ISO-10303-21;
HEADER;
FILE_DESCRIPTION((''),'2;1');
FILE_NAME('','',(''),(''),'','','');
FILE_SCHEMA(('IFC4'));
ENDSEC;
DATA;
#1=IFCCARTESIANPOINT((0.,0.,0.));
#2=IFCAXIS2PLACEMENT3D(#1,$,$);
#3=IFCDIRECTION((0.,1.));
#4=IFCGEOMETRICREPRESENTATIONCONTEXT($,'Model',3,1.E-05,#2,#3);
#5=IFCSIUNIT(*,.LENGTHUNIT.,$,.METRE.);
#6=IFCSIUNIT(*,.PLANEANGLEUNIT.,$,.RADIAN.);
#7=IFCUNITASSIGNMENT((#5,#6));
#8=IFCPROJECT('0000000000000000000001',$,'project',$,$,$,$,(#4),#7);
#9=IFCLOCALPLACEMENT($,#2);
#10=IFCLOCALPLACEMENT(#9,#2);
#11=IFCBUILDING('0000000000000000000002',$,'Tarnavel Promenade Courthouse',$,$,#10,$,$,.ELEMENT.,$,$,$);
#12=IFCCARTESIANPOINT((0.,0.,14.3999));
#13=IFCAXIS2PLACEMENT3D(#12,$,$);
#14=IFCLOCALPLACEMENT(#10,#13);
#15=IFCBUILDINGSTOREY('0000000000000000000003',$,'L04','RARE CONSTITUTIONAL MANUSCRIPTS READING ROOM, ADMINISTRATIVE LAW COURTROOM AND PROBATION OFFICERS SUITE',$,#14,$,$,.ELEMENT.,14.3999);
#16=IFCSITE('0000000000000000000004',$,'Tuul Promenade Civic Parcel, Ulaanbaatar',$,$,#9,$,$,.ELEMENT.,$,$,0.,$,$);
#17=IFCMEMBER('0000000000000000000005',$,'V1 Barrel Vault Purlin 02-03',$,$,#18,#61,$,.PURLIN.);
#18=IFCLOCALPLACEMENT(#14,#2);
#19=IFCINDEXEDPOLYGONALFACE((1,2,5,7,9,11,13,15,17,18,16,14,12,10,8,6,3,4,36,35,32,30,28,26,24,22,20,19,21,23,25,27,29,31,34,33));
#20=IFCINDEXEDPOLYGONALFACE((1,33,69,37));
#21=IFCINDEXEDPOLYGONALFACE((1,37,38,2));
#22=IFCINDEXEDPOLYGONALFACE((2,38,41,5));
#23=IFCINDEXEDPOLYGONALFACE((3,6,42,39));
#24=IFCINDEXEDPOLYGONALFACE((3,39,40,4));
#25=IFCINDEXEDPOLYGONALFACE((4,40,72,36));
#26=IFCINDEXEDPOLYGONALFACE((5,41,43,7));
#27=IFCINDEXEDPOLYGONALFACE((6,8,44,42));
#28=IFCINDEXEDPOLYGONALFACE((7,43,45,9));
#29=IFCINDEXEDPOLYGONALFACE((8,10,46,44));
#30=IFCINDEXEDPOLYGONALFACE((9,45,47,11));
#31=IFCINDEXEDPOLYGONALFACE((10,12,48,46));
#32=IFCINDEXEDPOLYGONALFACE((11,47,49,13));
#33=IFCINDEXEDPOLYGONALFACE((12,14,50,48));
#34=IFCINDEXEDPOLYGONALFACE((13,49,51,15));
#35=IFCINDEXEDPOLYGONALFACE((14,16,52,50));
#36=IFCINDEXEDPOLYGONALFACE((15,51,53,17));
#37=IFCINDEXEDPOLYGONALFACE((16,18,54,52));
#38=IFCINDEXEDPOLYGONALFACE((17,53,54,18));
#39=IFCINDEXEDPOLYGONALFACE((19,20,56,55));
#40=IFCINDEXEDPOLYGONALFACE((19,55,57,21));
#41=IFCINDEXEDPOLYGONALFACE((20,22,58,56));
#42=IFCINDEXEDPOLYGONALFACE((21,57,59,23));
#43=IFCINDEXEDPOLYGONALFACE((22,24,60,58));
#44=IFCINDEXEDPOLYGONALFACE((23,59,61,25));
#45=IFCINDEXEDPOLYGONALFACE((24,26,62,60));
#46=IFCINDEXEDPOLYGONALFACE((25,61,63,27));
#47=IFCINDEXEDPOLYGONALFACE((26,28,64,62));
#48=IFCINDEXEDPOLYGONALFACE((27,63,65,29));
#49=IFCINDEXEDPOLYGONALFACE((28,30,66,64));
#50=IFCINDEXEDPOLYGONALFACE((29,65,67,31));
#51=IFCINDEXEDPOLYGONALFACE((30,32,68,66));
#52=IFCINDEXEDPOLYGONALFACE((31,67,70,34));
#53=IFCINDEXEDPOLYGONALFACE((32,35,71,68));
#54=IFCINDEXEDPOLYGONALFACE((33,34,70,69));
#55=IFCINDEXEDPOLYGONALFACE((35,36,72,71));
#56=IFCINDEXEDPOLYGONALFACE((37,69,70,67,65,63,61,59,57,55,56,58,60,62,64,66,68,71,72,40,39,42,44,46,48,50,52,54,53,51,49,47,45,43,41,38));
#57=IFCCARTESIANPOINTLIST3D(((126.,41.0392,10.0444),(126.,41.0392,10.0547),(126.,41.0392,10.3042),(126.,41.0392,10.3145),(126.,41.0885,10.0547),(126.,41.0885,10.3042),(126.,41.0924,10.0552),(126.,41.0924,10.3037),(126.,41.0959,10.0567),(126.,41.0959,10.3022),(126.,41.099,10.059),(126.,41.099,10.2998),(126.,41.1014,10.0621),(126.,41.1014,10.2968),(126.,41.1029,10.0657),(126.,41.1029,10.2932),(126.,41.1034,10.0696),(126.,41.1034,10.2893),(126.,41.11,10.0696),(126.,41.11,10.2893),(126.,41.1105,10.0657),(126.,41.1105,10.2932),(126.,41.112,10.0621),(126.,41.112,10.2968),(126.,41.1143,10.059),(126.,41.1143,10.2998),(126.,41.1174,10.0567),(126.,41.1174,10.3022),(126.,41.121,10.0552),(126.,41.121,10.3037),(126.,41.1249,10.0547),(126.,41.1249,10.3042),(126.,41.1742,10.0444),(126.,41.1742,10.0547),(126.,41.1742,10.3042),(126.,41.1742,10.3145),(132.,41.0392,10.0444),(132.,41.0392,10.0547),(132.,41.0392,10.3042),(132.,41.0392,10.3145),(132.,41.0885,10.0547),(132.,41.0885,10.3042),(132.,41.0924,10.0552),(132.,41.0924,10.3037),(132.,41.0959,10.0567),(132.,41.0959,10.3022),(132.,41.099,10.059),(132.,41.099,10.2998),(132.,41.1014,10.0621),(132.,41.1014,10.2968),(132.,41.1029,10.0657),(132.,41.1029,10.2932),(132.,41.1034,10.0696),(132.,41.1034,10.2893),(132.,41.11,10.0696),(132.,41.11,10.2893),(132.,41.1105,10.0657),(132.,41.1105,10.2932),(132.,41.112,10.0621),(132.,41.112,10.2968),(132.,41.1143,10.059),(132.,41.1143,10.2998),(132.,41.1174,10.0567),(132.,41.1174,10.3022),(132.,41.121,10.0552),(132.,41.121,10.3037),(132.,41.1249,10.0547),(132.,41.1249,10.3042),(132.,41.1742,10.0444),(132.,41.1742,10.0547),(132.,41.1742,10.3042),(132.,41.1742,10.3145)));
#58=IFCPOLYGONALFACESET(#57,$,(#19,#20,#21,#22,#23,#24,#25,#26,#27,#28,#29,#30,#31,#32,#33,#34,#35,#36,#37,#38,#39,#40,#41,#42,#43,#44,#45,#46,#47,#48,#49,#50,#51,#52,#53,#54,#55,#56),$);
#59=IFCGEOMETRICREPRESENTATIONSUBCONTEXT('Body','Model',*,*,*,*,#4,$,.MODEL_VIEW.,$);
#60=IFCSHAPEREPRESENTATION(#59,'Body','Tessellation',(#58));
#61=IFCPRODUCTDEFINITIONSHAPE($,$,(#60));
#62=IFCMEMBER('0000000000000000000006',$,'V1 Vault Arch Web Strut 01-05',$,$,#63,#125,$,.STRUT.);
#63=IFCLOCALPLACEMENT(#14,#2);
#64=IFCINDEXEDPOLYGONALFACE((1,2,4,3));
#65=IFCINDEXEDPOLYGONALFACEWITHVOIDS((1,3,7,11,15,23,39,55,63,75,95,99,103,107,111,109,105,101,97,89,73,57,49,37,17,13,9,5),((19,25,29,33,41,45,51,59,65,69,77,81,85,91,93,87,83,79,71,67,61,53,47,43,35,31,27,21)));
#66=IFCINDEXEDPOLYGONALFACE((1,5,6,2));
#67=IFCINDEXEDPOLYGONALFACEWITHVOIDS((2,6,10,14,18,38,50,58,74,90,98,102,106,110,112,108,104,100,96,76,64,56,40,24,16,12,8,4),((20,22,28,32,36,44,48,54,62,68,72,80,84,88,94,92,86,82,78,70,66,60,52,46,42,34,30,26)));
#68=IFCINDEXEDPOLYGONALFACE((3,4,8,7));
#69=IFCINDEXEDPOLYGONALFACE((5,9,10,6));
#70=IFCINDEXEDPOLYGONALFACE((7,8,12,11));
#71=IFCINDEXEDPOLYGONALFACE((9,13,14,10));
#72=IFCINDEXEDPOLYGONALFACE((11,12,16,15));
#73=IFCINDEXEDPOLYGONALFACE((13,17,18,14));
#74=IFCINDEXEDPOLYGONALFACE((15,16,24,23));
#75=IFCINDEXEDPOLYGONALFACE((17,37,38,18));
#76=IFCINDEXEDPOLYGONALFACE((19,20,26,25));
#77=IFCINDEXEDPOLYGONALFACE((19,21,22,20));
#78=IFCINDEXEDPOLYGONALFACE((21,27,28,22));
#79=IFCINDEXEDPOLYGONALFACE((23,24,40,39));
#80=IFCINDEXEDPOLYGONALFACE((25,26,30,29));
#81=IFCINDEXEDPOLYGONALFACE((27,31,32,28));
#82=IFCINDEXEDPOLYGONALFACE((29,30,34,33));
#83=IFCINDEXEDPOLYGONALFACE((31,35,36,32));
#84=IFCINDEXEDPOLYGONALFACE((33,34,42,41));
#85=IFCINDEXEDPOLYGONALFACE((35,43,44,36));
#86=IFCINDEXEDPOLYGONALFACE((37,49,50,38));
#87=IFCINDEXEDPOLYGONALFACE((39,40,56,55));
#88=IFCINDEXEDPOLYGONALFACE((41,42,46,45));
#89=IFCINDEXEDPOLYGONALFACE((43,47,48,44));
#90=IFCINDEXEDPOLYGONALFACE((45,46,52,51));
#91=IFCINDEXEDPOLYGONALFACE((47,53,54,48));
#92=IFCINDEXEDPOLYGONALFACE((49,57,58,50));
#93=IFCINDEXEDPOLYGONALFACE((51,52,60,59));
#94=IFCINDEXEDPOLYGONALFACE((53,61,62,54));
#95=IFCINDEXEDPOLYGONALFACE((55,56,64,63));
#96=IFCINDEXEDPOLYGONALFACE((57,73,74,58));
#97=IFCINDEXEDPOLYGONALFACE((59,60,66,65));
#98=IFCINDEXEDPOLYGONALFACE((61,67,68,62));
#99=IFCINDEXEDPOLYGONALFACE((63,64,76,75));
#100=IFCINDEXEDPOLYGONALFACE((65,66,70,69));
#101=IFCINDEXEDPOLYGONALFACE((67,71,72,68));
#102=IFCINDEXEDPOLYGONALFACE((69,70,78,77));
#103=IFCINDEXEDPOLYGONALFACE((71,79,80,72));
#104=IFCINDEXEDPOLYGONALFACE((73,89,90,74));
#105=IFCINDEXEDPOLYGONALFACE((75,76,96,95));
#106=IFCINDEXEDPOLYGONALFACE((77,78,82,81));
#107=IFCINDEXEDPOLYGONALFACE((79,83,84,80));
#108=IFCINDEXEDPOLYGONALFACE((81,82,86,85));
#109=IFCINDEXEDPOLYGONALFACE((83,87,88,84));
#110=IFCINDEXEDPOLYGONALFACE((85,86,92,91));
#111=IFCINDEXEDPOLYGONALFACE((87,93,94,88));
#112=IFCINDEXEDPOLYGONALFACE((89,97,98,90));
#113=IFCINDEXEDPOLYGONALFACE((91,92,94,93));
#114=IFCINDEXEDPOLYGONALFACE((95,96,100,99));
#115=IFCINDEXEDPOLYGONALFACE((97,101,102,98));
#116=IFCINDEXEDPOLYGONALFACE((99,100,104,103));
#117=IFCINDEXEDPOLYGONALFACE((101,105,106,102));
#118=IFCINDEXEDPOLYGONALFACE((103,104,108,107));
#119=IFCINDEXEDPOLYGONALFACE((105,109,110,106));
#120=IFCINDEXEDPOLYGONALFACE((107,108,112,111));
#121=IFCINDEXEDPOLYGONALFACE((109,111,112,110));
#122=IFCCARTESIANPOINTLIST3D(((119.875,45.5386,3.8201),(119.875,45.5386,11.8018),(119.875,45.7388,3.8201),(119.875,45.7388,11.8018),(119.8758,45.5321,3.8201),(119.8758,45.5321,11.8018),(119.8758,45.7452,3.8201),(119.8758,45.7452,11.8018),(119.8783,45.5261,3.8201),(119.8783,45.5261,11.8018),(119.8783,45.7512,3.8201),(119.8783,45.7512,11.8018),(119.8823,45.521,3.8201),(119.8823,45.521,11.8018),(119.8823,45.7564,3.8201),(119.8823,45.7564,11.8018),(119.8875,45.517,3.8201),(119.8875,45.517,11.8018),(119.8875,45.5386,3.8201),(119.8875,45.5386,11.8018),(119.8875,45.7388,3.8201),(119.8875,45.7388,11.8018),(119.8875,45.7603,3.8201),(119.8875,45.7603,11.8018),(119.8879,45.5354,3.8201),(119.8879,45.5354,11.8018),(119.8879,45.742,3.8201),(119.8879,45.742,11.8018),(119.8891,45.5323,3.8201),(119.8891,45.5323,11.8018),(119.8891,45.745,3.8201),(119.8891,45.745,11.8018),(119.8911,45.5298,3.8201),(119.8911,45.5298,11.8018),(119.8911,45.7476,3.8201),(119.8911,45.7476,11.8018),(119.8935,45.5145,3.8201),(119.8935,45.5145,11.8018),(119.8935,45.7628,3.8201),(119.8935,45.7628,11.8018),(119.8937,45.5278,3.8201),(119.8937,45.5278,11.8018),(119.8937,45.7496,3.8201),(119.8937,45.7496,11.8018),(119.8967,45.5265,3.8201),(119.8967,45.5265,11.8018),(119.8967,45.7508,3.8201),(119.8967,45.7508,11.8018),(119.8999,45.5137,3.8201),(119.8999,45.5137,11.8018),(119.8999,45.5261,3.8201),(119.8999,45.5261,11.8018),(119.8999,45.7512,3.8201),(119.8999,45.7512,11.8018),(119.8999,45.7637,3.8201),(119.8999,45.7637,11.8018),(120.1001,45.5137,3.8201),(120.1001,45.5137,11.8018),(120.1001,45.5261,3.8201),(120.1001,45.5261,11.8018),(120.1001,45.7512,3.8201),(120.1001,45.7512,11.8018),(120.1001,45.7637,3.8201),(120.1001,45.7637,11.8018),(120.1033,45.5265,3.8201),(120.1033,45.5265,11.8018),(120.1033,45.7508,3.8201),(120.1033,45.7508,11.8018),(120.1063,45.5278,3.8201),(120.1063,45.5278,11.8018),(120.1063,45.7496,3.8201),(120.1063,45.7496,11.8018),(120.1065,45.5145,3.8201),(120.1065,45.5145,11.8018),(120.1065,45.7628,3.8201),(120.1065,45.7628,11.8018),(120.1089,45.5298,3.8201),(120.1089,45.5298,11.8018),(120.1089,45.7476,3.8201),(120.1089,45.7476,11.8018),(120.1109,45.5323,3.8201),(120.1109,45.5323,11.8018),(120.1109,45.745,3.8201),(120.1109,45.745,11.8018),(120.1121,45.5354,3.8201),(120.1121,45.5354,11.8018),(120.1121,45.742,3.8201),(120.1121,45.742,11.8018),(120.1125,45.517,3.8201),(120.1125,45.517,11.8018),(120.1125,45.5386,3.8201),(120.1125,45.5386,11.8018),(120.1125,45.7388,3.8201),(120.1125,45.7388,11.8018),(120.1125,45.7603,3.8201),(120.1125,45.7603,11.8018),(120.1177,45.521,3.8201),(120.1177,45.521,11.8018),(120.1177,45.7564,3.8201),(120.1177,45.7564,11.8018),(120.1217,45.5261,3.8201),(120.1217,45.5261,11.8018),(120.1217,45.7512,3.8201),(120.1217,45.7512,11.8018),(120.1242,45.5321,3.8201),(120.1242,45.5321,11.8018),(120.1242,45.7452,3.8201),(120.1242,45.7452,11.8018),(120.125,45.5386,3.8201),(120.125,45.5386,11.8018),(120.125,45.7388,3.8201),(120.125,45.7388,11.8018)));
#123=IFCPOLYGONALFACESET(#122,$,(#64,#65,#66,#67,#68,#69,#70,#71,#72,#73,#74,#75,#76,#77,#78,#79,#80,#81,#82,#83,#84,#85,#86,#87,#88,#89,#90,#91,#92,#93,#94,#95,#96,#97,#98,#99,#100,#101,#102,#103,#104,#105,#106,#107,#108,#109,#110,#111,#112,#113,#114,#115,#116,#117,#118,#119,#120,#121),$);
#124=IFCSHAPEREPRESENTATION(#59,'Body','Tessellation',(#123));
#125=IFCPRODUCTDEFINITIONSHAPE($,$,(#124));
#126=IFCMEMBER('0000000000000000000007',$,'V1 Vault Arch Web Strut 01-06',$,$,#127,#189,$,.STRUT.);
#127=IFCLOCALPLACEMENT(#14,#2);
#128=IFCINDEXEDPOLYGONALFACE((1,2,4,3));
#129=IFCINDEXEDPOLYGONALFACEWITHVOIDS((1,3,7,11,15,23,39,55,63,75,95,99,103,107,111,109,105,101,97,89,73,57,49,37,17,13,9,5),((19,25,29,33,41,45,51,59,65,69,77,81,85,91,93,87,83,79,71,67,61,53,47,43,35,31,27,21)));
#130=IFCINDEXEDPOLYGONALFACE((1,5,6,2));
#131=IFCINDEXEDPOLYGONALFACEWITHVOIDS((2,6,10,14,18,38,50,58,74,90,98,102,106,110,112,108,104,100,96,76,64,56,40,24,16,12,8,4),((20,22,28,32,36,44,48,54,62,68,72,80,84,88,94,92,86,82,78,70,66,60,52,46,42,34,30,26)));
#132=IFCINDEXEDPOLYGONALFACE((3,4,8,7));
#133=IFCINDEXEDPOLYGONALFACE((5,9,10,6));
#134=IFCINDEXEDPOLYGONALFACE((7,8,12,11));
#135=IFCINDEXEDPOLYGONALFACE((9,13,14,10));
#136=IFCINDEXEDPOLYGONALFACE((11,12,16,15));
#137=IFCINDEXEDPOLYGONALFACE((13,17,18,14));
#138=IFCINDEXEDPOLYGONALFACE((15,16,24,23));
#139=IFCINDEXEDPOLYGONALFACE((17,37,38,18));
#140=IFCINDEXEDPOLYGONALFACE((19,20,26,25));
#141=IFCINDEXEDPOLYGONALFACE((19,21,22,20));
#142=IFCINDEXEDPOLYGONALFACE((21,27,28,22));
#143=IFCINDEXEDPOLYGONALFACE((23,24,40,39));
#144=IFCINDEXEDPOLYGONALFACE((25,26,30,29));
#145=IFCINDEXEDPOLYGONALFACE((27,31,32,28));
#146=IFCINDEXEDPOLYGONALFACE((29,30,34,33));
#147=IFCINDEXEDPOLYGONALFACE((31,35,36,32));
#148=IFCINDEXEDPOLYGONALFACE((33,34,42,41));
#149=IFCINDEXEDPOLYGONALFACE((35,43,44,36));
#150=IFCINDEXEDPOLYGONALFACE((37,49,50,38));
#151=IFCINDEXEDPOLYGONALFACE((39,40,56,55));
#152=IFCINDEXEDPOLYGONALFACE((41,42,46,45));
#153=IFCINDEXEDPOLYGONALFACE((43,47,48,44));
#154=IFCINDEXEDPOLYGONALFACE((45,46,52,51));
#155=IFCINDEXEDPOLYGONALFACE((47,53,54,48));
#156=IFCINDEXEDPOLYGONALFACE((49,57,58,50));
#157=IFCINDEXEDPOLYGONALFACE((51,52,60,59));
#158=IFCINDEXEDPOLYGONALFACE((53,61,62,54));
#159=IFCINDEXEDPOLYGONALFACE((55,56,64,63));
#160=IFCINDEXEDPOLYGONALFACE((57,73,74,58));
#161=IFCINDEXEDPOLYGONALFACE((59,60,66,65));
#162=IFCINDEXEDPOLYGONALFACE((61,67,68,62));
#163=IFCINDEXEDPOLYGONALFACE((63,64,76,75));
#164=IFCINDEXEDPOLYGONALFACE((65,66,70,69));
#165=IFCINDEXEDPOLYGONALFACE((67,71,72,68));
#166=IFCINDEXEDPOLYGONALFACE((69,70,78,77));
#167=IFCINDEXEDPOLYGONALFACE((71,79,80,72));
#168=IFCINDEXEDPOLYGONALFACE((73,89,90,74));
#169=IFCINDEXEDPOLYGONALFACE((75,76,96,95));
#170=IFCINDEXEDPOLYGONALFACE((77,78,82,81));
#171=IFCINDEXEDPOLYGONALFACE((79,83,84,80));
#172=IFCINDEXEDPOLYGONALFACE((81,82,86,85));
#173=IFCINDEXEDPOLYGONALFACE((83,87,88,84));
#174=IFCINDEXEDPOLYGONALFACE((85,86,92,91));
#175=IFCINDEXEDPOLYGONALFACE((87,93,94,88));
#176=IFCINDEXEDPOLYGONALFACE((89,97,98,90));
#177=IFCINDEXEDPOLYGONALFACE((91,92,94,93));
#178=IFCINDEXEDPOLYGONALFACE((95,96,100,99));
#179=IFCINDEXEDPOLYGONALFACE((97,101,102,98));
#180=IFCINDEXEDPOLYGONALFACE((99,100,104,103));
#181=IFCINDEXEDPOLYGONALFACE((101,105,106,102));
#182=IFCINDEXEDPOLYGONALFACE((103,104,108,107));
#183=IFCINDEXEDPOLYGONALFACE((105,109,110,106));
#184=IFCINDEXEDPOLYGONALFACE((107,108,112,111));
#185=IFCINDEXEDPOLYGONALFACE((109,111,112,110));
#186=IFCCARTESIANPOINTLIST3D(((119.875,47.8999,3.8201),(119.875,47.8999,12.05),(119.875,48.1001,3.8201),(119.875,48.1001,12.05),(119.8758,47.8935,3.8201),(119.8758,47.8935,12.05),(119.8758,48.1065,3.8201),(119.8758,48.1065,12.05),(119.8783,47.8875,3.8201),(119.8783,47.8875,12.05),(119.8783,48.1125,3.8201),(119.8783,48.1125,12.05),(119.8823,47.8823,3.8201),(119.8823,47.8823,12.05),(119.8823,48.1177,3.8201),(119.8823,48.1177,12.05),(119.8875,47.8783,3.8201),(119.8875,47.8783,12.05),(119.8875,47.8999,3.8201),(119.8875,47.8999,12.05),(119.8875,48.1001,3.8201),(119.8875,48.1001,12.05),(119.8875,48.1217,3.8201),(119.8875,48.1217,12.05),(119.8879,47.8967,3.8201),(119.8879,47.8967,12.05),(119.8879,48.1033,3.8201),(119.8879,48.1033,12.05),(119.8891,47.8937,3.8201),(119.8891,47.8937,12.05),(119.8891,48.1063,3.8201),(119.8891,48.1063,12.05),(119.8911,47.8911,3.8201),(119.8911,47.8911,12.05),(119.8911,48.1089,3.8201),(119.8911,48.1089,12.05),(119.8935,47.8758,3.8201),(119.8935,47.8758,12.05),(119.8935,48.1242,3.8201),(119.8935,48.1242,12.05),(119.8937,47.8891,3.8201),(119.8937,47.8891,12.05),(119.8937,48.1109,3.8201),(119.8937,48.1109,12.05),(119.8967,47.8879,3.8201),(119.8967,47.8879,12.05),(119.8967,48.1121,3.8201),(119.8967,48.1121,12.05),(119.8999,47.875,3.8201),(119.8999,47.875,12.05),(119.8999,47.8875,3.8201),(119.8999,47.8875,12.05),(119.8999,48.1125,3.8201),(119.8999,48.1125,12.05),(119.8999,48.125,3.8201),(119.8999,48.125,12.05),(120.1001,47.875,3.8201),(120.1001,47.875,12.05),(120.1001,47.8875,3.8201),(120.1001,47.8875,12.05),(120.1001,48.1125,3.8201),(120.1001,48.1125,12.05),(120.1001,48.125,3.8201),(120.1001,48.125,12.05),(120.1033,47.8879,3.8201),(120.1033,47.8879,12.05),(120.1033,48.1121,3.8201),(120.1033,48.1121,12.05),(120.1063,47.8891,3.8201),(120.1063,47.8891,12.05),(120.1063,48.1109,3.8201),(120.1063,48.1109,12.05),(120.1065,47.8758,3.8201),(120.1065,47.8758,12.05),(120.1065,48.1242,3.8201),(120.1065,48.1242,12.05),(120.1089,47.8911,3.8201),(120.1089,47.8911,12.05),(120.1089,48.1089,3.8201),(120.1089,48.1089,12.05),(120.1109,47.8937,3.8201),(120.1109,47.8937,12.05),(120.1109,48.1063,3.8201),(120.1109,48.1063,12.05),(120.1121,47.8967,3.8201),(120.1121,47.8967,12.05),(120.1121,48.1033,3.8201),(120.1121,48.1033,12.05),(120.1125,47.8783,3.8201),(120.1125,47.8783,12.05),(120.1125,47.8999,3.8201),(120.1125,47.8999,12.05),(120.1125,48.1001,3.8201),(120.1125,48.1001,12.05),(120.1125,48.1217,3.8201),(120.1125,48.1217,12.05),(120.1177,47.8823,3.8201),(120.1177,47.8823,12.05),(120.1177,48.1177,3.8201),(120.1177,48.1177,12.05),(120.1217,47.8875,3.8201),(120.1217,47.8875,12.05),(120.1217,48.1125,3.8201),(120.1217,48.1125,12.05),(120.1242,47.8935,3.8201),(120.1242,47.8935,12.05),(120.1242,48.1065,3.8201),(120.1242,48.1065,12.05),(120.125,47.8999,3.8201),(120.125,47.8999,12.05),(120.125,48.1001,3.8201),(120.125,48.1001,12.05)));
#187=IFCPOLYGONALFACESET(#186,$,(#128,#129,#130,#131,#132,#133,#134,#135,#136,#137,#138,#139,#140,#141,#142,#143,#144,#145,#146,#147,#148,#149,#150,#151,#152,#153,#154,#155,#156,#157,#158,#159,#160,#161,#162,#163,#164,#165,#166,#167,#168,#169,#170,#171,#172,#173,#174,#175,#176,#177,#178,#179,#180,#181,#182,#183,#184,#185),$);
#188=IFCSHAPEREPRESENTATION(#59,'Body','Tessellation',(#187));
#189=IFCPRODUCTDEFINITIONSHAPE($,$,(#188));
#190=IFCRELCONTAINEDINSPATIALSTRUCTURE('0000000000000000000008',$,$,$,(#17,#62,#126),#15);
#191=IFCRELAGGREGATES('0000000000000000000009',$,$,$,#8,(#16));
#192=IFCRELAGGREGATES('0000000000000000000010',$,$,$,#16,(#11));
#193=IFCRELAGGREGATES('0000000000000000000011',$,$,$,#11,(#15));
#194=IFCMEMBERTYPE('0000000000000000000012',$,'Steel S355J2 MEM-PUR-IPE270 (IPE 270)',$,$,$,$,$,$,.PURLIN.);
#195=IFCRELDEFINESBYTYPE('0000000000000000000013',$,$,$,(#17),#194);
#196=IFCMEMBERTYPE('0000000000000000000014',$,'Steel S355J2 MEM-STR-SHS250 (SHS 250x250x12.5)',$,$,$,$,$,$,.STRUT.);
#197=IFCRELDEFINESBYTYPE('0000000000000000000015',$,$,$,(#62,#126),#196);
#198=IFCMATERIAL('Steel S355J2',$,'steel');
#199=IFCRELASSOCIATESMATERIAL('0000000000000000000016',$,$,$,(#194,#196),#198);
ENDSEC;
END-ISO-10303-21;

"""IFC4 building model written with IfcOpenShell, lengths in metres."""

from ifc_helpers import new_model, si_unit, direction, frame, origin, origin_2d, place, context, subcontext, project, spatial, hollow_rectangle, i_section, extrude, material, material_profile, profile_set, type_object, element, save


model = new_model("IFC4")

# Units and contexts
model_context = context("Model", 3, precision=1e-05, world=origin(), true_north=direction((0.0, 1.0)))
body_context = subcontext(model_context, "Body", "Model", "MODEL_VIEW")
ifc_project = project(units=[si_unit("LENGTHUNIT", "METRE"), si_unit("PLANEANGLEUNIT", "RADIAN")], contexts=[model_context])

# Site, building, storey
site_placement = place(None, origin())
site = spatial("IfcSite", under=ifc_project, at=site_placement, Name="Tuul Promenade Civic Parcel, Ulaanbaatar", CompositionType="ELEMENT", RefElevation=0.0)
building_placement = place(site_placement, origin())
building = spatial("IfcBuilding", under=site, at=building_placement, Name="Tarnavel Promenade Courthouse", CompositionType="ELEMENT")
storey_placement = place(building_placement, frame((0.0, 0.0, 14.3999)))
storey = spatial("IfcBuildingStorey", under=building, at=storey_placement, Name="L04", Description="RARE CONSTITUTIONAL MANUSCRIPTS READING ROOM, ADMINISTRATIVE LAW COURTROOM AND PROBATION OFFICERS SUITE", CompositionType="ELEMENT", Elevation=14.3999)

# Shared definitions
ifc_material_1 = material(Name="Steel S355J2", Category="steel")

# Members
ifc_material_profile_1 = material_profile(ifc_material_1, i_section(OverallWidth=0.135, OverallDepth=0.27, WebThickness=0.0066, FlangeThickness=0.0103, FilletRadius=0.0149, at=origin_2d()), Name="IPE 270")
ifc_profile_set_1 = profile_set([ifc_material_profile_1], Name="Steel S355J2")
member_type_1 = type_object("IfcMemberType", Name="Steel S355J2 MEM-PUR-IPE270 (IPE 270)", PredefinedType="PURLIN", material=ifc_profile_set_1)
for number, where, z_axis, x_axis, name in (
    (1, (126.0, 41.1067, 10.1794), (1.0, 0.0, 0.0), (0.0, 1.0, 0.0), "V1 Barrel Vault Purlin 02-03"),
):
    element("IfcMember", number, at=place(storey_placement, frame(where, z_axis=z_axis, x_axis=x_axis)), inside=storey, type_object=member_type_1, Name=name, PredefinedType="PURLIN", context=body_context, shape_type="SweptSolid", body=[
        extrude(i_section(OverallWidth=0.135, OverallDepth=0.27, WebThickness=0.0066, FlangeThickness=0.0103, FilletRadius=0.0149, at=origin_2d()), origin(), (0.0, 0.0, 1.0), 6.0),
    ])
ifc_material_profile_2 = material_profile(ifc_material_1, hollow_rectangle(XDim=0.25, YDim=0.25, WallThickness=0.0125, InnerFilletRadius=0.0125, OuterFilletRadius=0.0249, at=origin_2d()), Name="SHS 250x250x12.5")
ifc_profile_set_2 = profile_set([ifc_material_profile_2], Name="Steel S355J2")
member_type_2 = type_object("IfcMemberType", Name="Steel S355J2 MEM-STR-SHS250 (SHS 250x250x12.5)", PredefinedType="STRUT", material=ifc_profile_set_2)
member_1_placement = place(storey_placement, frame((120.0, 45.6387, 3.8201), z_axis=(0.0, 0.0, 1.0), x_axis=(1.0, 0.0, 0.0)))
element("IfcMember", 2, at=member_1_placement, inside=storey, type_object=member_type_2, Name="V1 Vault Arch Web Strut 01-05", PredefinedType="STRUT", context=body_context, shape_type="SweptSolid", body=[
    extrude(hollow_rectangle(XDim=0.25, YDim=0.25, WallThickness=0.0125, InnerFilletRadius=0.0125, OuterFilletRadius=0.0249, at=origin_2d()), origin(), (0.0, 0.0, 1.0), 7.9817),
])
member_2_placement = place(storey_placement, frame((120.0, 48.0, 3.8201), z_axis=(0.0, 0.0, 1.0), x_axis=(1.0, 0.0, 0.0)))
element("IfcMember", 3, at=member_2_placement, inside=storey, type_object=member_type_2, Name="V1 Vault Arch Web Strut 01-06", PredefinedType="STRUT", context=body_context, shape_type="SweptSolid", body=[
    extrude(hollow_rectangle(XDim=0.25, YDim=0.25, WallThickness=0.0125, InnerFilletRadius=0.0125, OuterFilletRadius=0.0249, at=origin_2d()), origin(), (0.0, 0.0, 1.0), 8.23),
])

save(model, "model.ifc")
